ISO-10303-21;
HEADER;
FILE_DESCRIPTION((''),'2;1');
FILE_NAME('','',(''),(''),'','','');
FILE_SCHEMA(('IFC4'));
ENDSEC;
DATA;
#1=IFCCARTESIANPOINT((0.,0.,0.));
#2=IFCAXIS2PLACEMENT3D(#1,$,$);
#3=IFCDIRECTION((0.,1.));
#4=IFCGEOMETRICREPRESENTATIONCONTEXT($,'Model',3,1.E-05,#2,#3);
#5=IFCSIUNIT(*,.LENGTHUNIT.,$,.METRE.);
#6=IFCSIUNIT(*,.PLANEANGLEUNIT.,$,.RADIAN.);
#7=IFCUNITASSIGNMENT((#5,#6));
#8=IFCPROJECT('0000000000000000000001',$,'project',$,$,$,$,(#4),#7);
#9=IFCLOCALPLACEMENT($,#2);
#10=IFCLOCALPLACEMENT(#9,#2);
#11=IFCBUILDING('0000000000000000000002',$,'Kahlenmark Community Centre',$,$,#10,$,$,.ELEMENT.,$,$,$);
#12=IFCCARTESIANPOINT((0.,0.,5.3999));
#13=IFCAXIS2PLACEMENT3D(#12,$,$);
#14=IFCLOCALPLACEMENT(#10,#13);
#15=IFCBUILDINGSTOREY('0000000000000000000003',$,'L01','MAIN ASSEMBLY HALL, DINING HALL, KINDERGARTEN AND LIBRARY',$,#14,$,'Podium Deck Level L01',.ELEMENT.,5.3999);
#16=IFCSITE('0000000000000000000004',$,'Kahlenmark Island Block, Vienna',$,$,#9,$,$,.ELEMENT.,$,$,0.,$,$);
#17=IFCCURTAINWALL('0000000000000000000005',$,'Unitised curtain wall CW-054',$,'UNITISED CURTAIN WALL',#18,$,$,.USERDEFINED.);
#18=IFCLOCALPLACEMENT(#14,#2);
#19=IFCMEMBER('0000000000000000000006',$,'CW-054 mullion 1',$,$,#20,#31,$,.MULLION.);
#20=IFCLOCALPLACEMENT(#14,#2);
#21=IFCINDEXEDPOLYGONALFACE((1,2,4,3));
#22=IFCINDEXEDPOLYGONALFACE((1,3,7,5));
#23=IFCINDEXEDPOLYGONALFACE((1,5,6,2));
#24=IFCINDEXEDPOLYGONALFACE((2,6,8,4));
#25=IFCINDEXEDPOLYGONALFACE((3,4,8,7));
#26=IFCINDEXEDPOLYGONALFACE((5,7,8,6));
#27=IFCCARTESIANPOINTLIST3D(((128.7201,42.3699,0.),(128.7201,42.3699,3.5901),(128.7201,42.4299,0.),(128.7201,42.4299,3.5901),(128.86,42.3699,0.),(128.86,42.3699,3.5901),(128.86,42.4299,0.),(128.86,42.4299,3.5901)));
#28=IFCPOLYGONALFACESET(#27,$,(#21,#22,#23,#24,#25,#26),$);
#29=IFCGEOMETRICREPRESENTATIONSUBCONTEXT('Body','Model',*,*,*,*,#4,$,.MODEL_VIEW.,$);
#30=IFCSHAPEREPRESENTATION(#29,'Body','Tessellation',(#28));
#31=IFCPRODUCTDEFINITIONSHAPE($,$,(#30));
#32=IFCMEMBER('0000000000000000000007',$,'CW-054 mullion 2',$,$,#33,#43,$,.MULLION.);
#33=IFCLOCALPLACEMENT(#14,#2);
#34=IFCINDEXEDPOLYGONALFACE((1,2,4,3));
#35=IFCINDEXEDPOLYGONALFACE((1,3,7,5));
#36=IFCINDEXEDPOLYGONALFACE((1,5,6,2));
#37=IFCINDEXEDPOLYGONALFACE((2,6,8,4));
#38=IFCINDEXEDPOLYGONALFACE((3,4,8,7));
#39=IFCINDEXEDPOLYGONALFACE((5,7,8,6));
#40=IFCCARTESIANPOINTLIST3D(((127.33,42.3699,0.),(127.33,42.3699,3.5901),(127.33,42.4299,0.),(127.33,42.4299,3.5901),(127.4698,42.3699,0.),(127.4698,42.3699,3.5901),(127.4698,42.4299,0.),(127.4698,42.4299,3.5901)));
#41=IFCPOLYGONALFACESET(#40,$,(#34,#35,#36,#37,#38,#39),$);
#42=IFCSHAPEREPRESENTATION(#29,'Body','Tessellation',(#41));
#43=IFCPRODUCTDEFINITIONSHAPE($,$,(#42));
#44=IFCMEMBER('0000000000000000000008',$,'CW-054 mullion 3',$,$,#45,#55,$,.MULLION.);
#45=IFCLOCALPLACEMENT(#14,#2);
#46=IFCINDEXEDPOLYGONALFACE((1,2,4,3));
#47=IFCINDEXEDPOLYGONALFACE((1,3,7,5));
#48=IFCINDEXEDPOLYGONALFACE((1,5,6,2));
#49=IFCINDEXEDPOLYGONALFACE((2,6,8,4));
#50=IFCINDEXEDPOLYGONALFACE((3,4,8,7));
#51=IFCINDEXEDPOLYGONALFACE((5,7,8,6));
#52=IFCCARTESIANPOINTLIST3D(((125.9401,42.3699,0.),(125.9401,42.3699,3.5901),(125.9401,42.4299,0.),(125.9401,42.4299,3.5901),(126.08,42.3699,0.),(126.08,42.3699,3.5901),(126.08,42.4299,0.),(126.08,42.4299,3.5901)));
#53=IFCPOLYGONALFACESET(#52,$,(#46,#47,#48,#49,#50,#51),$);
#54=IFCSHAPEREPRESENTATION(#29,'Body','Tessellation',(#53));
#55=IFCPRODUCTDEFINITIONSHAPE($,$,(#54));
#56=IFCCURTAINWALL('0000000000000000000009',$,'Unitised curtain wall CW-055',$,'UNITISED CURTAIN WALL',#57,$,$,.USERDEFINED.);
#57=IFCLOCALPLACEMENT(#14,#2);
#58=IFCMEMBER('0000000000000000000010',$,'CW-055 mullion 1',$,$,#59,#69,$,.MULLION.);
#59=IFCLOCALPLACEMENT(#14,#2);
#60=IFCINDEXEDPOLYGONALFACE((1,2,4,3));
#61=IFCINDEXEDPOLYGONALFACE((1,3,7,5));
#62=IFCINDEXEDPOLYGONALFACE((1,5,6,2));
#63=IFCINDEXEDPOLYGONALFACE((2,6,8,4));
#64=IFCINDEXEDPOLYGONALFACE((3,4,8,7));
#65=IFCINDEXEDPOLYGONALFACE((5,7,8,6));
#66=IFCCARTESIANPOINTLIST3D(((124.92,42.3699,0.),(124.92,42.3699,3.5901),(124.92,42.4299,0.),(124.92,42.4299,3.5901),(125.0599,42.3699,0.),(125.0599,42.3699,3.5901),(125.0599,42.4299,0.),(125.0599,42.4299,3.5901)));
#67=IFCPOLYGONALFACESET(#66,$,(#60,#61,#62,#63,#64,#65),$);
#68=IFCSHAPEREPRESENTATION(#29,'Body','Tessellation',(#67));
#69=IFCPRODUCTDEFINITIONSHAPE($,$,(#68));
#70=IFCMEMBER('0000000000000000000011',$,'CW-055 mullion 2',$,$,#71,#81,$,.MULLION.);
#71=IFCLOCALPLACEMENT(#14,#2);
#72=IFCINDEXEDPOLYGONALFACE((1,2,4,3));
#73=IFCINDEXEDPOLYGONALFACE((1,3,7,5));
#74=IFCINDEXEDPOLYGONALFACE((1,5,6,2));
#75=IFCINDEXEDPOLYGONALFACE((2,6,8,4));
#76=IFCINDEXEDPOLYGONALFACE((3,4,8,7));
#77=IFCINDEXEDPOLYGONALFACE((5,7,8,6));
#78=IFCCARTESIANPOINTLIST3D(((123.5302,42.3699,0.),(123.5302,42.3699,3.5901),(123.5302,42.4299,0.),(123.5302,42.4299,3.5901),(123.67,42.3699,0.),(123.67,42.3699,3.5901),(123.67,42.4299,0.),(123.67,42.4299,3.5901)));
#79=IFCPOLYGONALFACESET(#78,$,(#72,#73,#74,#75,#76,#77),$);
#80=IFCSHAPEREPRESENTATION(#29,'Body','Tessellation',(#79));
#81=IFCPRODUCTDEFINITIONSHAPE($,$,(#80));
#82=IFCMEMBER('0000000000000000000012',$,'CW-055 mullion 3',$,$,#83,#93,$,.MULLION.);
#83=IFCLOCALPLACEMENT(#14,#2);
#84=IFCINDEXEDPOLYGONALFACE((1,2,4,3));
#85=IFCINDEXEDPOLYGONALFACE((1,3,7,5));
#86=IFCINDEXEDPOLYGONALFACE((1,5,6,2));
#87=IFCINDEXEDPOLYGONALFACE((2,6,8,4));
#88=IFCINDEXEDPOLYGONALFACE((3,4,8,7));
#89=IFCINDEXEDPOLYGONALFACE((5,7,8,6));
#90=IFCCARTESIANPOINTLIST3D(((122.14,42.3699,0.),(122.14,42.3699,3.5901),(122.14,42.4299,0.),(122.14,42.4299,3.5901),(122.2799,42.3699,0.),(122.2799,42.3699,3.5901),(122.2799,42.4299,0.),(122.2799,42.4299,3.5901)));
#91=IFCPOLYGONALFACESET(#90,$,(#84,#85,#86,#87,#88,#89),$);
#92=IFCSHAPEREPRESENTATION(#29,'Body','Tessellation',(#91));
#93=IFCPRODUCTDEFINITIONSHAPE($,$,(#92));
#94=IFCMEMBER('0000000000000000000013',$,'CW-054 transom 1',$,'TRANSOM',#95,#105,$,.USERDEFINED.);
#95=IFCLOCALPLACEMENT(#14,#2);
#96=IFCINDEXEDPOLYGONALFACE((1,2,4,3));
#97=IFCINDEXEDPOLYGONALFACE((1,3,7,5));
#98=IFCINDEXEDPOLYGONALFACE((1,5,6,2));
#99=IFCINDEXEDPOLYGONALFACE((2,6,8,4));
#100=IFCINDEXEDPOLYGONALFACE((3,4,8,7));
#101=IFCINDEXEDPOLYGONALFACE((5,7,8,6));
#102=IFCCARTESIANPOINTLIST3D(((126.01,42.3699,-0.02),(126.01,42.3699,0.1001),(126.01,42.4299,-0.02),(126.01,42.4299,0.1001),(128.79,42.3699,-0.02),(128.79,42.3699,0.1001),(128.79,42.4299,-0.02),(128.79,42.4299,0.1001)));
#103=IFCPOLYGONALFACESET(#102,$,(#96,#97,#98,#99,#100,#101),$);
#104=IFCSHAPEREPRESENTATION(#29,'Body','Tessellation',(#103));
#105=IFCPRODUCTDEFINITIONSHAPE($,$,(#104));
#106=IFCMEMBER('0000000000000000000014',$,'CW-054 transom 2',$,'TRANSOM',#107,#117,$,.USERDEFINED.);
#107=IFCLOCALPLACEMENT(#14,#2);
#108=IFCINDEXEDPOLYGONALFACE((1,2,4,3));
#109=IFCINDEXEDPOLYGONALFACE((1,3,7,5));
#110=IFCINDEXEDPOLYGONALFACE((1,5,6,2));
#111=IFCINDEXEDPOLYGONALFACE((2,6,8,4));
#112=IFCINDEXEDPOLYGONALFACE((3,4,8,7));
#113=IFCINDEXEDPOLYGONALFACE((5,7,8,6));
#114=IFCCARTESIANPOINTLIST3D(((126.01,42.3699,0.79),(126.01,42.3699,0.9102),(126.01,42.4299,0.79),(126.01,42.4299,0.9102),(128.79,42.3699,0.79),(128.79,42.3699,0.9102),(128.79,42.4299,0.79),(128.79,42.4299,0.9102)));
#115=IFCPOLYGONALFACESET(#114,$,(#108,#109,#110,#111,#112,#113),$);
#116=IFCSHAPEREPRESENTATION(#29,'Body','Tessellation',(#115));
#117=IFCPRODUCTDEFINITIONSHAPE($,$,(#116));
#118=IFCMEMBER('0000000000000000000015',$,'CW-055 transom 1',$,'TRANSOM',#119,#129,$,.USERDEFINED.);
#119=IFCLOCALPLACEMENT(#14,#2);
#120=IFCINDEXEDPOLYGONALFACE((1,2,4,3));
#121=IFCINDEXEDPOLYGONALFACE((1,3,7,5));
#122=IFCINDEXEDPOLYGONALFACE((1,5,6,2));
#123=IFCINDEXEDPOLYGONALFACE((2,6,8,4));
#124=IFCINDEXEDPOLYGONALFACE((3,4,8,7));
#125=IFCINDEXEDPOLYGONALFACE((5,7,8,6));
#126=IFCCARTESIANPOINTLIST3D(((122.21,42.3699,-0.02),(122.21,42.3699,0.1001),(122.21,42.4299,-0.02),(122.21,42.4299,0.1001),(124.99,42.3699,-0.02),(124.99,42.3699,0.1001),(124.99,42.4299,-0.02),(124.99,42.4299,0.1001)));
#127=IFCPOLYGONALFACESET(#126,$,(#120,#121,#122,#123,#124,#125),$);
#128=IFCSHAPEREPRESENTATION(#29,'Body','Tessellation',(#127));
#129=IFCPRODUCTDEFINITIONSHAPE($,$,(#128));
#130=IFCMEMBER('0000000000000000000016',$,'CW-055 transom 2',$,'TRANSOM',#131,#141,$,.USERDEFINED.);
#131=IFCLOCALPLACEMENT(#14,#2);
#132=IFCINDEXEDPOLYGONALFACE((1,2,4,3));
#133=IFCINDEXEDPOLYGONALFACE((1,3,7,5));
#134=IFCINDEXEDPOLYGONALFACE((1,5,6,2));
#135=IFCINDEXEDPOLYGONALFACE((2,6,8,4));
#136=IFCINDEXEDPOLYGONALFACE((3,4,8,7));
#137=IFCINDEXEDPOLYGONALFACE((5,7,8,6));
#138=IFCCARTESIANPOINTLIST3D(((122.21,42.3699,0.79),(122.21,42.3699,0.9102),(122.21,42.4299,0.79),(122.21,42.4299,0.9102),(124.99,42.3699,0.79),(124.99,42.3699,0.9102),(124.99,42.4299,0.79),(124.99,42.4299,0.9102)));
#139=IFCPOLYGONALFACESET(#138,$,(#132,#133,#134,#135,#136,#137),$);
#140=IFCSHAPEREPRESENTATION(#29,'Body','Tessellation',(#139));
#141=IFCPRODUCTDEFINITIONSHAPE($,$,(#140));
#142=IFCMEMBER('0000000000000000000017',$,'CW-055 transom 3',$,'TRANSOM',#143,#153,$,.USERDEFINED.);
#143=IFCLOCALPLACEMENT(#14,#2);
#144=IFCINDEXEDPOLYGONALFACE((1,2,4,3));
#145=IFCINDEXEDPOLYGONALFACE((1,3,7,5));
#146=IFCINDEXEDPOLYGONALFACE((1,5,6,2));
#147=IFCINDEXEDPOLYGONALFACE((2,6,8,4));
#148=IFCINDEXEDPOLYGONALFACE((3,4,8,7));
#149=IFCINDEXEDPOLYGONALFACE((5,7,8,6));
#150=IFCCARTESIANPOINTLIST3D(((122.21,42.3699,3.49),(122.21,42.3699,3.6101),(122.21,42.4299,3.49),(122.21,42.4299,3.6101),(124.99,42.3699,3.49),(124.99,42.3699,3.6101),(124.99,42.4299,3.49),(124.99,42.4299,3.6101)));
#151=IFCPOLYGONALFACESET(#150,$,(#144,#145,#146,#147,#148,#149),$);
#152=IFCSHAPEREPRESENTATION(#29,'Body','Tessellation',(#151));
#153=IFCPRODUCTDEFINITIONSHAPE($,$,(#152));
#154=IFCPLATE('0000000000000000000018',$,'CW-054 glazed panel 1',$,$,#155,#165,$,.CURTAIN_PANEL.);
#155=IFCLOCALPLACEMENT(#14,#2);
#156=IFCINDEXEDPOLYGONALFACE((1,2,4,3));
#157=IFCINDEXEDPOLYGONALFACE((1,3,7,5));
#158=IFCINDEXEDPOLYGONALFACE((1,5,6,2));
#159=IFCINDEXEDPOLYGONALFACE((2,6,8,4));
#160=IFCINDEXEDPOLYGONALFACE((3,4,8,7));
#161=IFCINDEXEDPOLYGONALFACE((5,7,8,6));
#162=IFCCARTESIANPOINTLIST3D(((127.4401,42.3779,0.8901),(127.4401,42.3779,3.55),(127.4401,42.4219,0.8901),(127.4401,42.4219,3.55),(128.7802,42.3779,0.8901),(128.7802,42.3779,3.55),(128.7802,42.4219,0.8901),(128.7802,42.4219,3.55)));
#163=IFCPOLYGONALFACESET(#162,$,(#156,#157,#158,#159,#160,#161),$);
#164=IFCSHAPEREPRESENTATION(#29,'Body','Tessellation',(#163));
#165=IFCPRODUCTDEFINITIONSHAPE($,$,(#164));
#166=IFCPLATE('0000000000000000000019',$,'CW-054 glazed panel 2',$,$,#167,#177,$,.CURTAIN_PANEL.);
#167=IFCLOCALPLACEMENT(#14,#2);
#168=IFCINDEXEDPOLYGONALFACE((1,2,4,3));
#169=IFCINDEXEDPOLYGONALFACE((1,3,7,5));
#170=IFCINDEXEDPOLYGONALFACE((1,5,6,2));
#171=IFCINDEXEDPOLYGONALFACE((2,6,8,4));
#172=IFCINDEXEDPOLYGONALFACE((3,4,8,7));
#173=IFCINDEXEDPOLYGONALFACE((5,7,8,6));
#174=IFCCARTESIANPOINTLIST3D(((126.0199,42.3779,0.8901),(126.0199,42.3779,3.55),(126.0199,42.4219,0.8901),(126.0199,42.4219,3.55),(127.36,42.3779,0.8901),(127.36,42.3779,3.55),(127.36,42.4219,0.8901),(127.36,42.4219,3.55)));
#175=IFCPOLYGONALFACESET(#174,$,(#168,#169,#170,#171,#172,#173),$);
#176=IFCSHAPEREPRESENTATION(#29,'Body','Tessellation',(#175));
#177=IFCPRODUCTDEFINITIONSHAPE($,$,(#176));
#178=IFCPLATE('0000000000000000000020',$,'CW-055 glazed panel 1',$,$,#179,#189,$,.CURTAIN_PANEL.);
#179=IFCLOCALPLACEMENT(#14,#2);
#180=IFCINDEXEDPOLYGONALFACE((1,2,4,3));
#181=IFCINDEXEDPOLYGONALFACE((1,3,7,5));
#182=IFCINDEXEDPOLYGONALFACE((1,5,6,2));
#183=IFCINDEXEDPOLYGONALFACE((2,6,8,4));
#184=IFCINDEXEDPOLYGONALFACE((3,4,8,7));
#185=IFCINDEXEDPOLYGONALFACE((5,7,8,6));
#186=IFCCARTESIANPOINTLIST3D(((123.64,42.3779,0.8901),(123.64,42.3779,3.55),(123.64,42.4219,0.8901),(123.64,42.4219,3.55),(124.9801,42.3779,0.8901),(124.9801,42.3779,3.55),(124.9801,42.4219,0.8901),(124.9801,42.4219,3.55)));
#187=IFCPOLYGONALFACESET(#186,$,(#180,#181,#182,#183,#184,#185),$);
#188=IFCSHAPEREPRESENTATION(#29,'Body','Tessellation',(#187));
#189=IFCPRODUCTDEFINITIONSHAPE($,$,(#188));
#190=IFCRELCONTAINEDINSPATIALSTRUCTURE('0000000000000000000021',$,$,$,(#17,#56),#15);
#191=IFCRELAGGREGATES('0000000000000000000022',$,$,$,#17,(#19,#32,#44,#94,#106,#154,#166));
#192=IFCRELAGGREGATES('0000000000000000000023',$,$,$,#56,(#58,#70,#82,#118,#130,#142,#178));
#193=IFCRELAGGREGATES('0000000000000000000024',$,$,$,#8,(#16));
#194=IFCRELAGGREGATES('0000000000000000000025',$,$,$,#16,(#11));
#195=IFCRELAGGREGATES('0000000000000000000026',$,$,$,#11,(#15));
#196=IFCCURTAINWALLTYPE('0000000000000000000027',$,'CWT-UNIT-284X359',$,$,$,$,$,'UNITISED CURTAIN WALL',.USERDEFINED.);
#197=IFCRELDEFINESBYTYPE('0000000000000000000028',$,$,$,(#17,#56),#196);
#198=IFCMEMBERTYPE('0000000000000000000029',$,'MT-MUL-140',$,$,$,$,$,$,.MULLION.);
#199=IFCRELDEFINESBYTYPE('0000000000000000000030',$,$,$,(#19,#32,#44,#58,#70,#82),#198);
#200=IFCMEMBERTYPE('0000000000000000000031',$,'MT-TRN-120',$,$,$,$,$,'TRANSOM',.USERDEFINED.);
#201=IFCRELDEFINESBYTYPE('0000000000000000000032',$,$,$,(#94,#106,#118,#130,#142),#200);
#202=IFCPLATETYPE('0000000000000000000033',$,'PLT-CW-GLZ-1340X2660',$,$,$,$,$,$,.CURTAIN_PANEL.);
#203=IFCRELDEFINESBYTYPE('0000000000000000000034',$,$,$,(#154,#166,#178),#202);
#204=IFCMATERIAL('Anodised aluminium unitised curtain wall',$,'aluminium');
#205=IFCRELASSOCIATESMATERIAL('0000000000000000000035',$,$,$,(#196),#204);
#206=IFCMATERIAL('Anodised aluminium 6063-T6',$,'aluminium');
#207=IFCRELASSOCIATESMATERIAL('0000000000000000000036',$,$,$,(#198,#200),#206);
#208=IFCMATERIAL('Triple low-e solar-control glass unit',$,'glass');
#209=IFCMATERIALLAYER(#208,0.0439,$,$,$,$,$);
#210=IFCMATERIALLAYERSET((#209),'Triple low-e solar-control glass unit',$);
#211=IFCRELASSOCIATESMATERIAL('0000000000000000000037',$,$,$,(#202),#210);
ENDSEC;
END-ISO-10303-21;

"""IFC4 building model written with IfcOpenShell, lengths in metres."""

from ifc_helpers import new_model, si_unit, direction, frame, origin, origin_2d, place, context, subcontext, project, spatial, rectangle, extrude, material, layer, layer_set, material_profile, profile_set, type_object, element, aggregate, save


model = new_model("IFC4")

# Units and contexts
model_context = context("Model", 3, precision=1e-05, world=origin(), true_north=direction((0.0, 1.0)))
body_context = subcontext(model_context, "Body", "Model", "MODEL_VIEW")
ifc_project = project(units=[si_unit("LENGTHUNIT", "METRE"), si_unit("PLANEANGLEUNIT", "RADIAN")], contexts=[model_context])

# Site, building, storey
site_placement = place(None, origin())
site = spatial("IfcSite", under=ifc_project, at=site_placement, Name="Kahlenmark Island Block, Vienna", CompositionType="ELEMENT", RefElevation=0.0)
building_placement = place(site_placement, origin())
building = spatial("IfcBuilding", under=site, at=building_placement, Name="Kahlenmark Community Centre", CompositionType="ELEMENT")
storey_placement = place(building_placement, frame((0.0, 0.0, 5.3999)))
storey = spatial("IfcBuildingStorey", under=building, at=storey_placement, Name="L01", Description="MAIN ASSEMBLY HALL, DINING HALL, KINDERGARTEN AND LIBRARY", LongName="Podium Deck Level L01", CompositionType="ELEMENT", Elevation=5.3999)

# Curtain walls, members
ifc_material_1 = material(Name="Anodised aluminium unitised curtain wall", Category="aluminium")
curtain_wall_type = type_object("IfcCurtainWallType", Name="CWT-UNIT-284X359", ElementType="UNITISED CURTAIN WALL", PredefinedType="USERDEFINED", material=ifc_material_1)
curtain_wall_1_placement = place(storey_placement, origin())
curtain_wall_1 = element("IfcCurtainWall", 1, at=curtain_wall_1_placement, inside=storey, type_object=curtain_wall_type, Name="Unitised curtain wall CW-054", ObjectType="UNITISED CURTAIN WALL", PredefinedType="USERDEFINED")
ifc_material_2 = material(Name="Anodised aluminium 6063-T6", Category="aluminium")
ifc_material_profile_1 = material_profile(ifc_material_2, rectangle(XDim=0.0601, YDim=0.1399, at=origin_2d()), Name="ALU MULLION 60x140")
ifc_profile_set_1 = profile_set([ifc_material_profile_1], Name="Anodised aluminium 6063-T6")
member_type_1 = type_object("IfcMemberType", Name="MT-MUL-140", PredefinedType="MULLION", material=ifc_profile_set_1)
member_1_placement = place(storey_placement, frame((128.79, 42.3999, 0.0), z_axis=(0.0, 0.0, 1.0), x_axis=(0.0, -1.0, 0.0)))
member_1 = element("IfcMember", 2, at=member_1_placement, type_object=member_type_1, Name="CW-054 mullion 1", PredefinedType="MULLION", context=body_context, shape_type="SweptSolid", body=[
    extrude(rectangle(XDim=0.0601, YDim=0.1399, at=origin_2d()), origin(), (0.0, 0.0, 1.0), 3.5901),
])
member_2_placement = place(storey_placement, frame((127.3999, 42.3999, 0.0), z_axis=(0.0, 0.0, 1.0), x_axis=(0.0, -1.0, 0.0)))
member_2 = element("IfcMember", 3, at=member_2_placement, type_object=member_type_1, Name="CW-054 mullion 2", PredefinedType="MULLION", context=body_context, shape_type="SweptSolid", body=[
    extrude(rectangle(XDim=0.0601, YDim=0.1399, at=origin_2d()), origin(), (0.0, 0.0, 1.0), 3.5901),
])
member_3_placement = place(storey_placement, frame((126.01, 42.3999, 0.0), z_axis=(0.0, 0.0, 1.0), x_axis=(0.0, -1.0, 0.0)))
member_3 = element("IfcMember", 4, at=member_3_placement, type_object=member_type_1, Name="CW-054 mullion 3", PredefinedType="MULLION", context=body_context, shape_type="SweptSolid", body=[
    extrude(rectangle(XDim=0.0601, YDim=0.1399, at=origin_2d()), origin(), (0.0, 0.0, 1.0), 3.5901),
])
curtain_wall_2_placement = place(storey_placement, origin())
curtain_wall_2 = element("IfcCurtainWall", 5, at=curtain_wall_2_placement, inside=storey, type_object=curtain_wall_type, Name="Unitised curtain wall CW-055", ObjectType="UNITISED CURTAIN WALL", PredefinedType="USERDEFINED")
member_4_placement = place(storey_placement, frame((124.99, 42.3999, 0.0), z_axis=(0.0, 0.0, 1.0), x_axis=(0.0, -1.0, 0.0)))
member_4 = element("IfcMember", 6, at=member_4_placement, type_object=member_type_1, Name="CW-055 mullion 1", PredefinedType="MULLION", context=body_context, shape_type="SweptSolid", body=[
    extrude(rectangle(XDim=0.0601, YDim=0.1399, at=origin_2d()), origin(), (0.0, 0.0, 1.0), 3.5901),
])
member_5_placement = place(storey_placement, frame((123.6001, 42.3999, 0.0), z_axis=(0.0, 0.0, 1.0), x_axis=(0.0, -1.0, 0.0)))
member_5 = element("IfcMember", 7, at=member_5_placement, type_object=member_type_1, Name="CW-055 mullion 2", PredefinedType="MULLION", context=body_context, shape_type="SweptSolid", body=[
    extrude(rectangle(XDim=0.0601, YDim=0.1399, at=origin_2d()), origin(), (0.0, 0.0, 1.0), 3.5901),
])
member_6_placement = place(storey_placement, frame((122.21, 42.3999, 0.0), z_axis=(0.0, 0.0, 1.0), x_axis=(0.0, -1.0, 0.0)))
member_6 = element("IfcMember", 8, at=member_6_placement, type_object=member_type_1, Name="CW-055 mullion 3", PredefinedType="MULLION", context=body_context, shape_type="SweptSolid", body=[
    extrude(rectangle(XDim=0.0601, YDim=0.1399, at=origin_2d()), origin(), (0.0, 0.0, 1.0), 3.5901),
])

# Members
ifc_material_profile_2 = material_profile(ifc_material_2, rectangle(XDim=0.0601, YDim=0.1201, at=origin_2d()), Name="ALU TRANSOM 60x120")
ifc_profile_set_2 = profile_set([ifc_material_profile_2], Name="Anodised aluminium 6063-T6")
member_type_2 = type_object("IfcMemberType", Name="MT-TRN-120", ElementType="TRANSOM", PredefinedType="USERDEFINED", material=ifc_profile_set_2)
member_7_placement = place(storey_placement, frame((128.79, 42.3999, 0.04), z_axis=(-1.0, 0.0, 0.0), x_axis=(0.0, -1.0, 0.0)))
member_7 = element("IfcMember", 9, at=member_7_placement, type_object=member_type_2, Name="CW-054 transom 1", ObjectType="TRANSOM", PredefinedType="USERDEFINED", context=body_context, shape_type="SweptSolid", body=[
    extrude(rectangle(XDim=0.0601, YDim=0.1201, at=origin_2d()), origin(), (0.0, 0.0, 1.0), 2.78),
])
member_8_placement = place(storey_placement, frame((128.79, 42.3999, 0.8501), z_axis=(-1.0, 0.0, 0.0), x_axis=(0.0, -1.0, 0.0)))
member_8 = element("IfcMember", 10, at=member_8_placement, type_object=member_type_2, Name="CW-054 transom 2", ObjectType="TRANSOM", PredefinedType="USERDEFINED", context=body_context, shape_type="SweptSolid", body=[
    extrude(rectangle(XDim=0.0601, YDim=0.1201, at=origin_2d()), origin(), (0.0, 0.0, 1.0), 2.78),
])
member_9_placement = place(storey_placement, frame((124.99, 42.3999, 0.04), z_axis=(-1.0, 0.0, 0.0), x_axis=(0.0, -1.0, 0.0)))
member_9 = element("IfcMember", 11, at=member_9_placement, type_object=member_type_2, Name="CW-055 transom 1", ObjectType="TRANSOM", PredefinedType="USERDEFINED", context=body_context, shape_type="SweptSolid", body=[
    extrude(rectangle(XDim=0.0601, YDim=0.1201, at=origin_2d()), origin(), (0.0, 0.0, 1.0), 2.78),
])
member_10_placement = place(storey_placement, frame((124.99, 42.3999, 0.8501), z_axis=(-1.0, 0.0, 0.0), x_axis=(0.0, -1.0, 0.0)))
member_10 = element("IfcMember", 12, at=member_10_placement, type_object=member_type_2, Name="CW-055 transom 2", ObjectType="TRANSOM", PredefinedType="USERDEFINED", context=body_context, shape_type="SweptSolid", body=[
    extrude(rectangle(XDim=0.0601, YDim=0.1201, at=origin_2d()), origin(), (0.0, 0.0, 1.0), 2.78),
])
member_11_placement = place(storey_placement, frame((124.99, 42.3999, 3.55), z_axis=(-1.0, 0.0, 0.0), x_axis=(0.0, -1.0, 0.0)))
member_11 = element("IfcMember", 13, at=member_11_placement, type_object=member_type_2, Name="CW-055 transom 3", ObjectType="TRANSOM", PredefinedType="USERDEFINED", context=body_context, shape_type="SweptSolid", body=[
    extrude(rectangle(XDim=0.0601, YDim=0.1201, at=origin_2d()), origin(), (0.0, 0.0, 1.0), 2.78),
])

# Plates
ifc_material_3 = material(Name="Triple low-e solar-control glass unit", Category="glass")
ifc_layer_1 = layer(ifc_material_3, 0.0439)
ifc_layer_set_1 = layer_set([ifc_layer_1], Name="Triple low-e solar-control glass unit")
plate_type_1 = type_object("IfcPlateType", Name="PLT-CW-GLZ-1340X2660", PredefinedType="CURTAIN_PANEL", material=ifc_layer_set_1)
plate_1_placement = place(storey_placement, frame((128.1101, 42.3999, 0.8901), z_axis=(0.0, 0.0, 1.0), x_axis=(-1.0, 0.0, 0.0)))
plate_1 = element("IfcPlate", 14, at=plate_1_placement, type_object=plate_type_1, Name="CW-054 glazed panel 1", PredefinedType="CURTAIN_PANEL", context=body_context, shape_type="SweptSolid", body=[
    extrude(rectangle(XDim=1.3401, YDim=0.0439, at=origin_2d()), origin(), (0.0, 0.0, 1.0), 2.6599),
])
plate_2_placement = place(storey_placement, frame((126.6899, 42.3999, 0.8901), z_axis=(0.0, 0.0, 1.0), x_axis=(-1.0, 0.0, 0.0)))
plate_2 = element("IfcPlate", 15, at=plate_2_placement, type_object=plate_type_1, Name="CW-054 glazed panel 2", PredefinedType="CURTAIN_PANEL", context=body_context, shape_type="SweptSolid", body=[
    extrude(rectangle(XDim=1.3401, YDim=0.0439, at=origin_2d()), origin(), (0.0, 0.0, 1.0), 2.6599),
])
plate_3_placement = place(storey_placement, frame((124.3101, 42.3999, 0.8901), z_axis=(0.0, 0.0, 1.0), x_axis=(-1.0, 0.0, 0.0)))
plate_3 = element("IfcPlate", 16, at=plate_3_placement, type_object=plate_type_1, Name="CW-055 glazed panel 1", PredefinedType="CURTAIN_PANEL", context=body_context, shape_type="SweptSolid", body=[
    extrude(rectangle(XDim=1.3401, YDim=0.0439, at=origin_2d()), origin(), (0.0, 0.0, 1.0), 2.6599),
])
aggregate(curtain_wall_1, [member_1, member_2, member_3, member_7, member_8, plate_1, plate_2])
aggregate(curtain_wall_2, [member_4, member_5, member_6, member_9, member_10, member_11, plate_3])

save(model, "model.ifc")
